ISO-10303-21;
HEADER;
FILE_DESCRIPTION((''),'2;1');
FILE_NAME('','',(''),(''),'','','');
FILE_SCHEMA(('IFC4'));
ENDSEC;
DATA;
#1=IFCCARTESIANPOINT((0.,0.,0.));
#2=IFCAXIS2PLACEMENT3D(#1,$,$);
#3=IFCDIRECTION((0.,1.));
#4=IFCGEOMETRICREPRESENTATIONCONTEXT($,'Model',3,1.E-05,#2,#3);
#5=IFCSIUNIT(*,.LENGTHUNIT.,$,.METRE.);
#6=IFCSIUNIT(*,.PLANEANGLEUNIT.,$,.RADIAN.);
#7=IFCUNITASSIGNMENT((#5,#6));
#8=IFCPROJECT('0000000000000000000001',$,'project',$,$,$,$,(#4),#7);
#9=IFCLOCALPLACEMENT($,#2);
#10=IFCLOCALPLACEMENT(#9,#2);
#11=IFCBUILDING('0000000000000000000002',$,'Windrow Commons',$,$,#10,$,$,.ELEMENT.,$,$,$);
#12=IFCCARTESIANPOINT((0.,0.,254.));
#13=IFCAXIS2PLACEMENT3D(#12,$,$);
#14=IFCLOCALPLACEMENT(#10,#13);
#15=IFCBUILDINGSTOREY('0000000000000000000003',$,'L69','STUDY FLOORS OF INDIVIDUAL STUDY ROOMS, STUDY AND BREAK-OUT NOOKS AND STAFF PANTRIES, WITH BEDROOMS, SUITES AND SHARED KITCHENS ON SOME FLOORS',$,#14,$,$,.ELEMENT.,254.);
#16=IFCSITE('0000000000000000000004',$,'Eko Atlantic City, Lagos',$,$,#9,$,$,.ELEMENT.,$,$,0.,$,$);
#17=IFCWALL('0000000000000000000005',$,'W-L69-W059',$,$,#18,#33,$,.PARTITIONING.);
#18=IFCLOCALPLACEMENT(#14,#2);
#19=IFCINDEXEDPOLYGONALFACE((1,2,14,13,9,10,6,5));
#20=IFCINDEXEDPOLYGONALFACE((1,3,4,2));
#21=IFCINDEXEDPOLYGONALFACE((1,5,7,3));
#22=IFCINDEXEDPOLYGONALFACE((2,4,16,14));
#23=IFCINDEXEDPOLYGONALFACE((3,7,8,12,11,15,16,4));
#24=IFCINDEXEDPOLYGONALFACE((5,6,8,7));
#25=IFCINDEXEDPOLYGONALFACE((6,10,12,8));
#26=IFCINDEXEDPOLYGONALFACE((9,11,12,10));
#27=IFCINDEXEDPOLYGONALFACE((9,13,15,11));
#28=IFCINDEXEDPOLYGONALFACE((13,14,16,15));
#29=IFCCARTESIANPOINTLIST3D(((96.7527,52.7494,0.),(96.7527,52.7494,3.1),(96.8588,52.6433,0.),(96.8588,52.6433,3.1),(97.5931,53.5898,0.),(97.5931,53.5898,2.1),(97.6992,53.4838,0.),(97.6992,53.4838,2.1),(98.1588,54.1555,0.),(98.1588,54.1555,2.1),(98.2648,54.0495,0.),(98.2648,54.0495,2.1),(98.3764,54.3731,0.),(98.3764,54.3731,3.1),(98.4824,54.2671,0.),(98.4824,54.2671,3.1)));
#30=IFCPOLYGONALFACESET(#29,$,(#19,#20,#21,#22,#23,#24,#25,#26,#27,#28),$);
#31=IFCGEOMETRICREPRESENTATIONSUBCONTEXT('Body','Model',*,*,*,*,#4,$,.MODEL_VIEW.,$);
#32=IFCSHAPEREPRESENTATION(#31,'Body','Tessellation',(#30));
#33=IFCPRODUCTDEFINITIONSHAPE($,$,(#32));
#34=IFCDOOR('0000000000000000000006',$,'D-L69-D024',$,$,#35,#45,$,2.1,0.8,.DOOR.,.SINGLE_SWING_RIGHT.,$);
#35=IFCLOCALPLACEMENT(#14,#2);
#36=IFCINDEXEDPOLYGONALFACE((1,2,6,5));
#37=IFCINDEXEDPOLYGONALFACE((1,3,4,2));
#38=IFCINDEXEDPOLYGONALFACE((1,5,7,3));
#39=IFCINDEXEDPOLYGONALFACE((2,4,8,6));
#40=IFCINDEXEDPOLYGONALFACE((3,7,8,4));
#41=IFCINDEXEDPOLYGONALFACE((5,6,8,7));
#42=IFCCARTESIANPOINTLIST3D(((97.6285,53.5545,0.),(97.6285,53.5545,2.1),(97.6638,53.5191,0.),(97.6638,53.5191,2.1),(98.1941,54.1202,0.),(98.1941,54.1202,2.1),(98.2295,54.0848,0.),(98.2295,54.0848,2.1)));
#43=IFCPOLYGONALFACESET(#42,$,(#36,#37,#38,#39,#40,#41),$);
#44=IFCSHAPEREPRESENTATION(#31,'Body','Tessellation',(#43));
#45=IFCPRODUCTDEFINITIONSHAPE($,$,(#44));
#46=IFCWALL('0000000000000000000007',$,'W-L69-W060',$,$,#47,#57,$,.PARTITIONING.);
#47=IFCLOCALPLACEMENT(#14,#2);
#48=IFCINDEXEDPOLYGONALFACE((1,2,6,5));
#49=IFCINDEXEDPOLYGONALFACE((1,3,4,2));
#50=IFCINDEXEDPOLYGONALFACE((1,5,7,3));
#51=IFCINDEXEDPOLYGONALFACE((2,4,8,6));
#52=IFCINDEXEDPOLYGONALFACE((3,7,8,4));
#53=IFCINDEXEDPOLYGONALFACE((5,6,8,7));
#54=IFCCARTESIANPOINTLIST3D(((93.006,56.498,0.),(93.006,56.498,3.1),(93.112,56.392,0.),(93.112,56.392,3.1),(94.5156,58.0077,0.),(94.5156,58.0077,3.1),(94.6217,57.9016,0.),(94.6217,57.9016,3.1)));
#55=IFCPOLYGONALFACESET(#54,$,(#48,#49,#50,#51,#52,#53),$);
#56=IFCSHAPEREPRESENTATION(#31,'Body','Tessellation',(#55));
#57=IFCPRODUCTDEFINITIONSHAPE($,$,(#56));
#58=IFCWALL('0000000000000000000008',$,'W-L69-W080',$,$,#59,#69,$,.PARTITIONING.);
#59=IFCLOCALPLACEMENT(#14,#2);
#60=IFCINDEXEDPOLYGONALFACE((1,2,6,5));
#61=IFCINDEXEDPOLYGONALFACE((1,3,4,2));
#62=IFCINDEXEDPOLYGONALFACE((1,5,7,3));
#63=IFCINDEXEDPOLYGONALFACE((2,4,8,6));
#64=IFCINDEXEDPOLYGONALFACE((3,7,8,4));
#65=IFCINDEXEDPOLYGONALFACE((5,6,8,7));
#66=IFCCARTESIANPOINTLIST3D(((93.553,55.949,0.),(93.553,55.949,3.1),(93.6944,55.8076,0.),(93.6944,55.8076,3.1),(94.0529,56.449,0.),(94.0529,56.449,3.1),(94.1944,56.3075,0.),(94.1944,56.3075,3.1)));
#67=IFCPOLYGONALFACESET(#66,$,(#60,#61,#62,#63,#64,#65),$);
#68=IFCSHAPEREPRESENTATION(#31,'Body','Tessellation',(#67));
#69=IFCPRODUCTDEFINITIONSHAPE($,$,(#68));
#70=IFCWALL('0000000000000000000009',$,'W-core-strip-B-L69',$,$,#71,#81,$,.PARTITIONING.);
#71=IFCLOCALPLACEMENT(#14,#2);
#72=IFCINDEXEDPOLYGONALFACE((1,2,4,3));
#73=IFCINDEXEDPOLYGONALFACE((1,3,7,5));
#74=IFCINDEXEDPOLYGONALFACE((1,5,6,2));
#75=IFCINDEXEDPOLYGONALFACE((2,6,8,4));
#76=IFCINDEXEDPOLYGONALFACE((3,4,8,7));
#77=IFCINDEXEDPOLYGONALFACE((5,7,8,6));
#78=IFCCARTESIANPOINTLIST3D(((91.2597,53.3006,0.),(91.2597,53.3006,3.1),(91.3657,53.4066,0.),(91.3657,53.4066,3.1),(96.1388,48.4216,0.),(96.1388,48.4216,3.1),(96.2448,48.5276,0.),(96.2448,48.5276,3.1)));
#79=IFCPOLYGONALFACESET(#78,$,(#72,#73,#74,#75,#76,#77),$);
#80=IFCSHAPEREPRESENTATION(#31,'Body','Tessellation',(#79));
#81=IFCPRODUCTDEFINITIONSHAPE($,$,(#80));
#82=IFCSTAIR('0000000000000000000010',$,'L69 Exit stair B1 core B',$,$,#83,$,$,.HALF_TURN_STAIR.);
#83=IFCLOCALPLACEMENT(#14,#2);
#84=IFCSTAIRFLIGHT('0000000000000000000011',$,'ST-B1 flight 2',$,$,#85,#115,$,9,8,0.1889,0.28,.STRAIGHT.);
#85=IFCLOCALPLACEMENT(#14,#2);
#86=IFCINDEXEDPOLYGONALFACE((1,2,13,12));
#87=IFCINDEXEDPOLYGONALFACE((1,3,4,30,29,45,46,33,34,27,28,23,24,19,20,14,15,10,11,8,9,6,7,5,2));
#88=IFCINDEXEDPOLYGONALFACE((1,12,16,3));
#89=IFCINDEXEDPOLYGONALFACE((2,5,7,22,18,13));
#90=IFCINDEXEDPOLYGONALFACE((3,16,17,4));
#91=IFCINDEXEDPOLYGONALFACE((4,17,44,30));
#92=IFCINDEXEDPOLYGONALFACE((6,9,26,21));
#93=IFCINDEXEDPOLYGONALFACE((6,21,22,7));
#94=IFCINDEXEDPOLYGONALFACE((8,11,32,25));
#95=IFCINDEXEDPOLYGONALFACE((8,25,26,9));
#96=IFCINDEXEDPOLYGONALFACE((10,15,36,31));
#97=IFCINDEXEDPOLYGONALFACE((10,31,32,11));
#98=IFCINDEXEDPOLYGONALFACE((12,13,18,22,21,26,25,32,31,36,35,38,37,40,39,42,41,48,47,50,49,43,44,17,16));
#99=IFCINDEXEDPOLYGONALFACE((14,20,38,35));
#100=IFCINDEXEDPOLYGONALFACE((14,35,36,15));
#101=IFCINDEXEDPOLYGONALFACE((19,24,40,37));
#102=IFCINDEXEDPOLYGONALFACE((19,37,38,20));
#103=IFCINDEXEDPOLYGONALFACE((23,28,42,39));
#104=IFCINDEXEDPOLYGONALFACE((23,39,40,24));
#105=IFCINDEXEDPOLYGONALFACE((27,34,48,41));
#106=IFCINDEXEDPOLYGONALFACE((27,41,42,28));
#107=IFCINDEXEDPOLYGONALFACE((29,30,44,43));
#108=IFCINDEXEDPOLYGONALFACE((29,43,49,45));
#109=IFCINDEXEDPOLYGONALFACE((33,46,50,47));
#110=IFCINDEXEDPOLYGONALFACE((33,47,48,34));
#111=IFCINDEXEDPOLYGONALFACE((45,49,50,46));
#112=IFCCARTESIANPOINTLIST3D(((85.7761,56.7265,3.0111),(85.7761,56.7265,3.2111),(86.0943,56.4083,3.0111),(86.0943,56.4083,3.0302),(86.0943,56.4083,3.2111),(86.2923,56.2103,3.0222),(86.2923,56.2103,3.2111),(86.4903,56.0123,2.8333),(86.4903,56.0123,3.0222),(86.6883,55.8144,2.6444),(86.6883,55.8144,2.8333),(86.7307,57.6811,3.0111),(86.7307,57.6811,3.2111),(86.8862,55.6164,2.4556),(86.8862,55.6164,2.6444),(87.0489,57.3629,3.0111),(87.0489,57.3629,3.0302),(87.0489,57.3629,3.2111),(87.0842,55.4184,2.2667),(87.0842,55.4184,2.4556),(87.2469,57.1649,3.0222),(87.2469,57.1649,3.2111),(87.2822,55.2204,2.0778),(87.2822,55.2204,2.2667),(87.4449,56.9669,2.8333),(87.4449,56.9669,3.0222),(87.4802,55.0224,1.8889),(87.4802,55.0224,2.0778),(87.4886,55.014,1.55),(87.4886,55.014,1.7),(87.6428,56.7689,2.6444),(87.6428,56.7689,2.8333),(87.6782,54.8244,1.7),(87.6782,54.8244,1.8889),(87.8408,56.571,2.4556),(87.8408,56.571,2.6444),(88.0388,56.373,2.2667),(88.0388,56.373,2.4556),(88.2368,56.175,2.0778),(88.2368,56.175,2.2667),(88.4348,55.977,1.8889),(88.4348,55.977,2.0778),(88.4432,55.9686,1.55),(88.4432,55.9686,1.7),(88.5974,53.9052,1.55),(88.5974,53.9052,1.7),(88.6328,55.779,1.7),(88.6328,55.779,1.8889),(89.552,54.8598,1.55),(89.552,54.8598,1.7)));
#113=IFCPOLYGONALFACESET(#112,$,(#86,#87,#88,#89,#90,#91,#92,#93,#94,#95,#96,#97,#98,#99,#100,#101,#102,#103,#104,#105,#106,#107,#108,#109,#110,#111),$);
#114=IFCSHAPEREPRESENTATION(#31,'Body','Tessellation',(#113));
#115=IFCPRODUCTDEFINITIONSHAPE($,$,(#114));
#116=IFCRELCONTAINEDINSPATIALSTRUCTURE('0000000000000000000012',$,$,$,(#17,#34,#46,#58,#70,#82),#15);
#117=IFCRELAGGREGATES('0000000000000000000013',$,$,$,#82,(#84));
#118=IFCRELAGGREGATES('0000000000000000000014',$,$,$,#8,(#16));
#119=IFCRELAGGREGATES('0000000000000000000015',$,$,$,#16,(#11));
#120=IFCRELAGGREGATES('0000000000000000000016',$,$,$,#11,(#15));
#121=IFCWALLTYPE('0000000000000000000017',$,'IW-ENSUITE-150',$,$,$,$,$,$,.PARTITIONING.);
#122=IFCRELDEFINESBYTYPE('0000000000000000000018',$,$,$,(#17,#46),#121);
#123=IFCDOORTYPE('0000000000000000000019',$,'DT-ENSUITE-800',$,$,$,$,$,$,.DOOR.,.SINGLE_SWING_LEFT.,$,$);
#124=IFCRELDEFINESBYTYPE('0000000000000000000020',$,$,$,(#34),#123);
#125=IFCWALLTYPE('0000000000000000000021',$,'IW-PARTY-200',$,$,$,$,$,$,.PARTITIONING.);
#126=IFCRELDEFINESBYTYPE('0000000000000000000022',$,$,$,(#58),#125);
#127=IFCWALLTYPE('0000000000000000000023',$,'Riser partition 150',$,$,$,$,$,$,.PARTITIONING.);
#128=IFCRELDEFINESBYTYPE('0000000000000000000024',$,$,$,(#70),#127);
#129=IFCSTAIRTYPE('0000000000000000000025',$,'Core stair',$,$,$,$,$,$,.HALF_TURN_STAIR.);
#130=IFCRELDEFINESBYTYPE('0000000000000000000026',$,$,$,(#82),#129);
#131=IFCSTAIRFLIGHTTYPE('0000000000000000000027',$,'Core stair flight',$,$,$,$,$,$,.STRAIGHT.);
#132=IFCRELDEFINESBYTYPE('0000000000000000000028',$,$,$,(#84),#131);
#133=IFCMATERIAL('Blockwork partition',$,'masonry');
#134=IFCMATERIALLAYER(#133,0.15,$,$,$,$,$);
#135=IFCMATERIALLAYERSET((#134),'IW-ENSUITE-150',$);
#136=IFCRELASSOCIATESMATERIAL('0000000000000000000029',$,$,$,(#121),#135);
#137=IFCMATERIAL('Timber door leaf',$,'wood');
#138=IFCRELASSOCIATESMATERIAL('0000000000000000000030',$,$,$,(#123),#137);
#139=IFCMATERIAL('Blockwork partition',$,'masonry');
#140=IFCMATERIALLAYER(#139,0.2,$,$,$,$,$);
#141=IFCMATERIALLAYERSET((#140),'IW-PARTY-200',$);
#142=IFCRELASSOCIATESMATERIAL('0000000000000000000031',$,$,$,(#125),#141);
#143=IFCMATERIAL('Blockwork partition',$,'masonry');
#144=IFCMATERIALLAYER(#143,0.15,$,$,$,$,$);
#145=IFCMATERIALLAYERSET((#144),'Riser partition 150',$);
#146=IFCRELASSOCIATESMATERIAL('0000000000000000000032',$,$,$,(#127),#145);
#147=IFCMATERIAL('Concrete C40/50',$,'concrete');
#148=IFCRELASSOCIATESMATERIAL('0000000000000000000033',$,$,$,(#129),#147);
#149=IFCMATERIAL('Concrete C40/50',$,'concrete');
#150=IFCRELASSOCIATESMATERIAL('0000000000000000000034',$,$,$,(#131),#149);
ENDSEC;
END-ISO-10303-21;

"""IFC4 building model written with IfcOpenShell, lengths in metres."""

from ifc_helpers import new_model, si_unit, direction, frame, frame_2d, origin, place, context, subcontext, project, spatial, polyline, rectangle, outline, extrude, material, layer, layer_set, type_object, element, fill, aggregate, save


model = new_model("IFC4")

# Units and contexts
model_context = context("Model", 3, precision=1e-05, world=origin(), true_north=direction((0.0, 1.0)))
body_context = subcontext(model_context, "Body", "Model", "MODEL_VIEW")
ifc_project = project(units=[si_unit("LENGTHUNIT", "METRE"), si_unit("PLANEANGLEUNIT", "RADIAN")], contexts=[model_context])

# Site, building, storey
site_placement = place(None, origin())
site = spatial("IfcSite", under=ifc_project, at=site_placement, Name="Eko Atlantic City, Lagos", CompositionType="ELEMENT", RefElevation=0.0)
building_placement = place(site_placement, origin())
building = spatial("IfcBuilding", under=site, at=building_placement, Name="Windrow Commons", CompositionType="ELEMENT")
storey_placement = place(building_placement, frame((0.0, 0.0, 254.0)))
storey = spatial("IfcBuildingStorey", under=building, at=storey_placement, Name="L69", Description="STUDY FLOORS OF INDIVIDUAL STUDY ROOMS, STUDY AND BREAK-OUT NOOKS AND STAFF PANTRIES, WITH BEDROOMS, SUITES AND SHARED KITCHENS ON SOME FLOORS", CompositionType="ELEMENT", Elevation=254.0)

# Wall, opening, door
ifc_material_1 = material(Name="Blockwork partition", Category="masonry")
ifc_layer_1 = layer(ifc_material_1, 0.15)
ifc_layer_set_1 = layer_set([ifc_layer_1], Name="IW-ENSUITE-150")
wall_type_1 = type_object("IfcWallType", Name="IW-ENSUITE-150", PredefinedType="PARTITIONING", material=ifc_layer_set_1)
wall_1_placement = place(storey_placement, frame((96.8057, 52.6963, 0.0), z_axis=(0.0, 0.0, 1.0), x_axis=(0.707085, 0.707129, 0.0)))
wall_1 = element("IfcWall", 1, at=wall_1_placement, inside=storey, type_object=wall_type_1, Name="W-L69-W059", PredefinedType="PARTITIONING", context=body_context, shape_type="SweptSolid", body=[
    extrude(rectangle(XDim=2.2963, YDim=0.15, at=frame_2d((1.1482, 0.0))), origin(), (0.0, 0.0, 1.0), 3.1),
])
opening_1_placement = place(wall_1_placement, frame((1.1886, 0.0, 0.0)))
opening_1 = element("IfcOpeningElement", 2, at=opening_1_placement, cuts=wall_1, PredefinedType="OPENING", context=body_context, shape_type="SweptSolid", body=[
    extrude(rectangle(XDim=0.8, YDim=2.1, at=frame_2d((0.4, 1.05))), frame((0.0, 0.085, 0.0), z_axis=(0.0, -1.0, 0.0), x_axis=(1.0, 0.0, 0.0)), (0.0, 0.0, 1.0), 0.17),
])
ifc_material_2 = material(Name="Timber door leaf", Category="wood")
door_type_1 = type_object("IfcDoorType", Name="DT-ENSUITE-800", OperationType="SINGLE_SWING_LEFT", PredefinedType="DOOR", material=ifc_material_2)
door_1_placement = place(opening_1_placement, origin())
door_1 = element("IfcDoor", 3, at=door_1_placement, inside=storey, type_object=door_type_1, Name="D-L69-D024", OperationType="SINGLE_SWING_RIGHT", OverallHeight=2.1, OverallWidth=0.8, PredefinedType="DOOR", context=body_context, shape_type="SweptSolid", body=[
    extrude(rectangle(XDim=0.8, YDim=2.1, at=frame_2d((0.4, 1.05))), frame((0.0, 0.025, 0.0), z_axis=(0.0, -1.0, 0.0), x_axis=(1.0, 0.0, 0.0)), (0.0, 0.0, 1.0), 0.05),
])
fill(opening_1, door_1)

# Walls
wall_2_placement = place(storey_placement, frame((93.059, 56.445, 0.0), z_axis=(0.0, 0.0, 1.0), x_axis=(0.707107, 0.707107, 0.0)))
element("IfcWall", 4, at=wall_2_placement, inside=storey, type_object=wall_type_1, Name="W-L69-W060", PredefinedType="PARTITIONING", context=body_context, shape_type="SweptSolid", body=[
    extrude(rectangle(XDim=2.135, YDim=0.15, at=frame_2d((1.0675, 0.0))), origin(), (0.0, 0.0, 1.0), 3.1),
])
ifc_material_3 = material(Name="Blockwork partition", Category="masonry")
ifc_layer_2 = layer(ifc_material_3, 0.2)
ifc_layer_set_2 = layer_set([ifc_layer_2], Name="IW-PARTY-200")
wall_type_2 = type_object("IfcWallType", Name="IW-PARTY-200", PredefinedType="PARTITIONING", material=ifc_layer_set_2)
wall_3_placement = place(storey_placement, frame((93.6237, 55.8783, 0.0), z_axis=(0.0, 0.0, 1.0), x_axis=(0.707107, 0.707107, 0.0)))
element("IfcWall", 5, at=wall_3_placement, inside=storey, type_object=wall_type_2, Name="W-L69-W080", PredefinedType="PARTITIONING", context=body_context, shape_type="SweptSolid", body=[
    extrude(rectangle(XDim=0.7071, YDim=0.2, at=frame_2d((0.3535, 0.0))), origin(), (0.0, 0.0, 1.0), 3.1),
])
ifc_material_4 = material(Name="Blockwork partition", Category="masonry")
ifc_layer_3 = layer(ifc_material_4, 0.15)
ifc_layer_set_3 = layer_set([ifc_layer_3], Name="Riser partition 150")
wall_type_3 = type_object("IfcWallType", Name="Riser partition 150", PredefinedType="PARTITIONING", material=ifc_layer_set_3)
wall_4_placement = place(storey_placement, frame((91.3127, 53.3536, 0.0), z_axis=(0.0, 0.0, 1.0), x_axis=(0.707114, -0.7071, 0.0)))
element("IfcWall", 6, at=wall_4_placement, inside=storey, type_object=wall_type_3, Name="W-core-strip-B-L69", PredefinedType="PARTITIONING", context=body_context, shape_type="SweptSolid", body=[
    extrude(rectangle(XDim=6.9, YDim=0.15, at=frame_2d((3.45, 0.0))), origin(), (0.0, 0.0, 1.0), 3.1),
])

# Stair, stair flight
ifc_material_5 = material(Name="Concrete C40/50", Category="concrete")
stair_type = type_object("IfcStairType", Name="Core stair", PredefinedType="HALF_TURN_STAIR", material=ifc_material_5)
stair_placement = place(storey_placement, origin())
stair = element("IfcStair", 7, at=stair_placement, inside=storey, type_object=stair_type, Name="L69 Exit stair B1 core B", PredefinedType="HALF_TURN_STAIR")
ifc_material_6 = material(Name="Concrete C40/50", Category="concrete")
stair_flight_type = type_object("IfcStairFlightType", Name="Core stair flight", PredefinedType="STRAIGHT", material=ifc_material_6)
stair_flight_placement = place(storey_placement, frame((88.1555, 55.3017, 1.7), z_axis=(0.0, 0.0, 1.0), x_axis=(-0.707107, 0.707107, 0.0)))
stair_flight = element("IfcStairFlight", 8, at=stair_flight_placement, type_object=stair_flight_type, Name="ST-B1 flight 2", NumberOfRisers=9, NumberOfTreads=8, PredefinedType="STRAIGHT", RiserHeight=0.1889, TreadLength=0.28, context=body_context, shape_type="SweptSolid", body=[
    extrude(outline(polyline([(-1.3, -0.15), (-1.3, 0.0), (0.0, 0.0), (0.0, 0.1889), (0.28, 0.1889), (0.28, 0.3778), (0.56, 0.3778), (0.56, 0.5667), (0.84, 0.5667), (0.84, 0.7556), (1.12, 0.7556), (1.12, 0.9444), (1.4, 0.9444), (1.4, 1.1333), (1.68, 1.1333), (1.68, 1.3222), (1.96, 1.3222), (1.96, 1.5111), (2.24, 1.5111), (2.69, 1.5111), (2.69, 1.3111), (2.24, 1.3111), (2.24, 1.3302), (0.2682, 0.0), (0.2682, -0.15), (-1.3, -0.15)])), frame((0.0, 0.675, 0.0), z_axis=(0.0, -1.0, 0.0), x_axis=(1.0, 0.0, 0.0)), (0.0, 0.0, 1.0), 1.35),
])
aggregate(stair, [stair_flight])

save(model, "model.ifc")
